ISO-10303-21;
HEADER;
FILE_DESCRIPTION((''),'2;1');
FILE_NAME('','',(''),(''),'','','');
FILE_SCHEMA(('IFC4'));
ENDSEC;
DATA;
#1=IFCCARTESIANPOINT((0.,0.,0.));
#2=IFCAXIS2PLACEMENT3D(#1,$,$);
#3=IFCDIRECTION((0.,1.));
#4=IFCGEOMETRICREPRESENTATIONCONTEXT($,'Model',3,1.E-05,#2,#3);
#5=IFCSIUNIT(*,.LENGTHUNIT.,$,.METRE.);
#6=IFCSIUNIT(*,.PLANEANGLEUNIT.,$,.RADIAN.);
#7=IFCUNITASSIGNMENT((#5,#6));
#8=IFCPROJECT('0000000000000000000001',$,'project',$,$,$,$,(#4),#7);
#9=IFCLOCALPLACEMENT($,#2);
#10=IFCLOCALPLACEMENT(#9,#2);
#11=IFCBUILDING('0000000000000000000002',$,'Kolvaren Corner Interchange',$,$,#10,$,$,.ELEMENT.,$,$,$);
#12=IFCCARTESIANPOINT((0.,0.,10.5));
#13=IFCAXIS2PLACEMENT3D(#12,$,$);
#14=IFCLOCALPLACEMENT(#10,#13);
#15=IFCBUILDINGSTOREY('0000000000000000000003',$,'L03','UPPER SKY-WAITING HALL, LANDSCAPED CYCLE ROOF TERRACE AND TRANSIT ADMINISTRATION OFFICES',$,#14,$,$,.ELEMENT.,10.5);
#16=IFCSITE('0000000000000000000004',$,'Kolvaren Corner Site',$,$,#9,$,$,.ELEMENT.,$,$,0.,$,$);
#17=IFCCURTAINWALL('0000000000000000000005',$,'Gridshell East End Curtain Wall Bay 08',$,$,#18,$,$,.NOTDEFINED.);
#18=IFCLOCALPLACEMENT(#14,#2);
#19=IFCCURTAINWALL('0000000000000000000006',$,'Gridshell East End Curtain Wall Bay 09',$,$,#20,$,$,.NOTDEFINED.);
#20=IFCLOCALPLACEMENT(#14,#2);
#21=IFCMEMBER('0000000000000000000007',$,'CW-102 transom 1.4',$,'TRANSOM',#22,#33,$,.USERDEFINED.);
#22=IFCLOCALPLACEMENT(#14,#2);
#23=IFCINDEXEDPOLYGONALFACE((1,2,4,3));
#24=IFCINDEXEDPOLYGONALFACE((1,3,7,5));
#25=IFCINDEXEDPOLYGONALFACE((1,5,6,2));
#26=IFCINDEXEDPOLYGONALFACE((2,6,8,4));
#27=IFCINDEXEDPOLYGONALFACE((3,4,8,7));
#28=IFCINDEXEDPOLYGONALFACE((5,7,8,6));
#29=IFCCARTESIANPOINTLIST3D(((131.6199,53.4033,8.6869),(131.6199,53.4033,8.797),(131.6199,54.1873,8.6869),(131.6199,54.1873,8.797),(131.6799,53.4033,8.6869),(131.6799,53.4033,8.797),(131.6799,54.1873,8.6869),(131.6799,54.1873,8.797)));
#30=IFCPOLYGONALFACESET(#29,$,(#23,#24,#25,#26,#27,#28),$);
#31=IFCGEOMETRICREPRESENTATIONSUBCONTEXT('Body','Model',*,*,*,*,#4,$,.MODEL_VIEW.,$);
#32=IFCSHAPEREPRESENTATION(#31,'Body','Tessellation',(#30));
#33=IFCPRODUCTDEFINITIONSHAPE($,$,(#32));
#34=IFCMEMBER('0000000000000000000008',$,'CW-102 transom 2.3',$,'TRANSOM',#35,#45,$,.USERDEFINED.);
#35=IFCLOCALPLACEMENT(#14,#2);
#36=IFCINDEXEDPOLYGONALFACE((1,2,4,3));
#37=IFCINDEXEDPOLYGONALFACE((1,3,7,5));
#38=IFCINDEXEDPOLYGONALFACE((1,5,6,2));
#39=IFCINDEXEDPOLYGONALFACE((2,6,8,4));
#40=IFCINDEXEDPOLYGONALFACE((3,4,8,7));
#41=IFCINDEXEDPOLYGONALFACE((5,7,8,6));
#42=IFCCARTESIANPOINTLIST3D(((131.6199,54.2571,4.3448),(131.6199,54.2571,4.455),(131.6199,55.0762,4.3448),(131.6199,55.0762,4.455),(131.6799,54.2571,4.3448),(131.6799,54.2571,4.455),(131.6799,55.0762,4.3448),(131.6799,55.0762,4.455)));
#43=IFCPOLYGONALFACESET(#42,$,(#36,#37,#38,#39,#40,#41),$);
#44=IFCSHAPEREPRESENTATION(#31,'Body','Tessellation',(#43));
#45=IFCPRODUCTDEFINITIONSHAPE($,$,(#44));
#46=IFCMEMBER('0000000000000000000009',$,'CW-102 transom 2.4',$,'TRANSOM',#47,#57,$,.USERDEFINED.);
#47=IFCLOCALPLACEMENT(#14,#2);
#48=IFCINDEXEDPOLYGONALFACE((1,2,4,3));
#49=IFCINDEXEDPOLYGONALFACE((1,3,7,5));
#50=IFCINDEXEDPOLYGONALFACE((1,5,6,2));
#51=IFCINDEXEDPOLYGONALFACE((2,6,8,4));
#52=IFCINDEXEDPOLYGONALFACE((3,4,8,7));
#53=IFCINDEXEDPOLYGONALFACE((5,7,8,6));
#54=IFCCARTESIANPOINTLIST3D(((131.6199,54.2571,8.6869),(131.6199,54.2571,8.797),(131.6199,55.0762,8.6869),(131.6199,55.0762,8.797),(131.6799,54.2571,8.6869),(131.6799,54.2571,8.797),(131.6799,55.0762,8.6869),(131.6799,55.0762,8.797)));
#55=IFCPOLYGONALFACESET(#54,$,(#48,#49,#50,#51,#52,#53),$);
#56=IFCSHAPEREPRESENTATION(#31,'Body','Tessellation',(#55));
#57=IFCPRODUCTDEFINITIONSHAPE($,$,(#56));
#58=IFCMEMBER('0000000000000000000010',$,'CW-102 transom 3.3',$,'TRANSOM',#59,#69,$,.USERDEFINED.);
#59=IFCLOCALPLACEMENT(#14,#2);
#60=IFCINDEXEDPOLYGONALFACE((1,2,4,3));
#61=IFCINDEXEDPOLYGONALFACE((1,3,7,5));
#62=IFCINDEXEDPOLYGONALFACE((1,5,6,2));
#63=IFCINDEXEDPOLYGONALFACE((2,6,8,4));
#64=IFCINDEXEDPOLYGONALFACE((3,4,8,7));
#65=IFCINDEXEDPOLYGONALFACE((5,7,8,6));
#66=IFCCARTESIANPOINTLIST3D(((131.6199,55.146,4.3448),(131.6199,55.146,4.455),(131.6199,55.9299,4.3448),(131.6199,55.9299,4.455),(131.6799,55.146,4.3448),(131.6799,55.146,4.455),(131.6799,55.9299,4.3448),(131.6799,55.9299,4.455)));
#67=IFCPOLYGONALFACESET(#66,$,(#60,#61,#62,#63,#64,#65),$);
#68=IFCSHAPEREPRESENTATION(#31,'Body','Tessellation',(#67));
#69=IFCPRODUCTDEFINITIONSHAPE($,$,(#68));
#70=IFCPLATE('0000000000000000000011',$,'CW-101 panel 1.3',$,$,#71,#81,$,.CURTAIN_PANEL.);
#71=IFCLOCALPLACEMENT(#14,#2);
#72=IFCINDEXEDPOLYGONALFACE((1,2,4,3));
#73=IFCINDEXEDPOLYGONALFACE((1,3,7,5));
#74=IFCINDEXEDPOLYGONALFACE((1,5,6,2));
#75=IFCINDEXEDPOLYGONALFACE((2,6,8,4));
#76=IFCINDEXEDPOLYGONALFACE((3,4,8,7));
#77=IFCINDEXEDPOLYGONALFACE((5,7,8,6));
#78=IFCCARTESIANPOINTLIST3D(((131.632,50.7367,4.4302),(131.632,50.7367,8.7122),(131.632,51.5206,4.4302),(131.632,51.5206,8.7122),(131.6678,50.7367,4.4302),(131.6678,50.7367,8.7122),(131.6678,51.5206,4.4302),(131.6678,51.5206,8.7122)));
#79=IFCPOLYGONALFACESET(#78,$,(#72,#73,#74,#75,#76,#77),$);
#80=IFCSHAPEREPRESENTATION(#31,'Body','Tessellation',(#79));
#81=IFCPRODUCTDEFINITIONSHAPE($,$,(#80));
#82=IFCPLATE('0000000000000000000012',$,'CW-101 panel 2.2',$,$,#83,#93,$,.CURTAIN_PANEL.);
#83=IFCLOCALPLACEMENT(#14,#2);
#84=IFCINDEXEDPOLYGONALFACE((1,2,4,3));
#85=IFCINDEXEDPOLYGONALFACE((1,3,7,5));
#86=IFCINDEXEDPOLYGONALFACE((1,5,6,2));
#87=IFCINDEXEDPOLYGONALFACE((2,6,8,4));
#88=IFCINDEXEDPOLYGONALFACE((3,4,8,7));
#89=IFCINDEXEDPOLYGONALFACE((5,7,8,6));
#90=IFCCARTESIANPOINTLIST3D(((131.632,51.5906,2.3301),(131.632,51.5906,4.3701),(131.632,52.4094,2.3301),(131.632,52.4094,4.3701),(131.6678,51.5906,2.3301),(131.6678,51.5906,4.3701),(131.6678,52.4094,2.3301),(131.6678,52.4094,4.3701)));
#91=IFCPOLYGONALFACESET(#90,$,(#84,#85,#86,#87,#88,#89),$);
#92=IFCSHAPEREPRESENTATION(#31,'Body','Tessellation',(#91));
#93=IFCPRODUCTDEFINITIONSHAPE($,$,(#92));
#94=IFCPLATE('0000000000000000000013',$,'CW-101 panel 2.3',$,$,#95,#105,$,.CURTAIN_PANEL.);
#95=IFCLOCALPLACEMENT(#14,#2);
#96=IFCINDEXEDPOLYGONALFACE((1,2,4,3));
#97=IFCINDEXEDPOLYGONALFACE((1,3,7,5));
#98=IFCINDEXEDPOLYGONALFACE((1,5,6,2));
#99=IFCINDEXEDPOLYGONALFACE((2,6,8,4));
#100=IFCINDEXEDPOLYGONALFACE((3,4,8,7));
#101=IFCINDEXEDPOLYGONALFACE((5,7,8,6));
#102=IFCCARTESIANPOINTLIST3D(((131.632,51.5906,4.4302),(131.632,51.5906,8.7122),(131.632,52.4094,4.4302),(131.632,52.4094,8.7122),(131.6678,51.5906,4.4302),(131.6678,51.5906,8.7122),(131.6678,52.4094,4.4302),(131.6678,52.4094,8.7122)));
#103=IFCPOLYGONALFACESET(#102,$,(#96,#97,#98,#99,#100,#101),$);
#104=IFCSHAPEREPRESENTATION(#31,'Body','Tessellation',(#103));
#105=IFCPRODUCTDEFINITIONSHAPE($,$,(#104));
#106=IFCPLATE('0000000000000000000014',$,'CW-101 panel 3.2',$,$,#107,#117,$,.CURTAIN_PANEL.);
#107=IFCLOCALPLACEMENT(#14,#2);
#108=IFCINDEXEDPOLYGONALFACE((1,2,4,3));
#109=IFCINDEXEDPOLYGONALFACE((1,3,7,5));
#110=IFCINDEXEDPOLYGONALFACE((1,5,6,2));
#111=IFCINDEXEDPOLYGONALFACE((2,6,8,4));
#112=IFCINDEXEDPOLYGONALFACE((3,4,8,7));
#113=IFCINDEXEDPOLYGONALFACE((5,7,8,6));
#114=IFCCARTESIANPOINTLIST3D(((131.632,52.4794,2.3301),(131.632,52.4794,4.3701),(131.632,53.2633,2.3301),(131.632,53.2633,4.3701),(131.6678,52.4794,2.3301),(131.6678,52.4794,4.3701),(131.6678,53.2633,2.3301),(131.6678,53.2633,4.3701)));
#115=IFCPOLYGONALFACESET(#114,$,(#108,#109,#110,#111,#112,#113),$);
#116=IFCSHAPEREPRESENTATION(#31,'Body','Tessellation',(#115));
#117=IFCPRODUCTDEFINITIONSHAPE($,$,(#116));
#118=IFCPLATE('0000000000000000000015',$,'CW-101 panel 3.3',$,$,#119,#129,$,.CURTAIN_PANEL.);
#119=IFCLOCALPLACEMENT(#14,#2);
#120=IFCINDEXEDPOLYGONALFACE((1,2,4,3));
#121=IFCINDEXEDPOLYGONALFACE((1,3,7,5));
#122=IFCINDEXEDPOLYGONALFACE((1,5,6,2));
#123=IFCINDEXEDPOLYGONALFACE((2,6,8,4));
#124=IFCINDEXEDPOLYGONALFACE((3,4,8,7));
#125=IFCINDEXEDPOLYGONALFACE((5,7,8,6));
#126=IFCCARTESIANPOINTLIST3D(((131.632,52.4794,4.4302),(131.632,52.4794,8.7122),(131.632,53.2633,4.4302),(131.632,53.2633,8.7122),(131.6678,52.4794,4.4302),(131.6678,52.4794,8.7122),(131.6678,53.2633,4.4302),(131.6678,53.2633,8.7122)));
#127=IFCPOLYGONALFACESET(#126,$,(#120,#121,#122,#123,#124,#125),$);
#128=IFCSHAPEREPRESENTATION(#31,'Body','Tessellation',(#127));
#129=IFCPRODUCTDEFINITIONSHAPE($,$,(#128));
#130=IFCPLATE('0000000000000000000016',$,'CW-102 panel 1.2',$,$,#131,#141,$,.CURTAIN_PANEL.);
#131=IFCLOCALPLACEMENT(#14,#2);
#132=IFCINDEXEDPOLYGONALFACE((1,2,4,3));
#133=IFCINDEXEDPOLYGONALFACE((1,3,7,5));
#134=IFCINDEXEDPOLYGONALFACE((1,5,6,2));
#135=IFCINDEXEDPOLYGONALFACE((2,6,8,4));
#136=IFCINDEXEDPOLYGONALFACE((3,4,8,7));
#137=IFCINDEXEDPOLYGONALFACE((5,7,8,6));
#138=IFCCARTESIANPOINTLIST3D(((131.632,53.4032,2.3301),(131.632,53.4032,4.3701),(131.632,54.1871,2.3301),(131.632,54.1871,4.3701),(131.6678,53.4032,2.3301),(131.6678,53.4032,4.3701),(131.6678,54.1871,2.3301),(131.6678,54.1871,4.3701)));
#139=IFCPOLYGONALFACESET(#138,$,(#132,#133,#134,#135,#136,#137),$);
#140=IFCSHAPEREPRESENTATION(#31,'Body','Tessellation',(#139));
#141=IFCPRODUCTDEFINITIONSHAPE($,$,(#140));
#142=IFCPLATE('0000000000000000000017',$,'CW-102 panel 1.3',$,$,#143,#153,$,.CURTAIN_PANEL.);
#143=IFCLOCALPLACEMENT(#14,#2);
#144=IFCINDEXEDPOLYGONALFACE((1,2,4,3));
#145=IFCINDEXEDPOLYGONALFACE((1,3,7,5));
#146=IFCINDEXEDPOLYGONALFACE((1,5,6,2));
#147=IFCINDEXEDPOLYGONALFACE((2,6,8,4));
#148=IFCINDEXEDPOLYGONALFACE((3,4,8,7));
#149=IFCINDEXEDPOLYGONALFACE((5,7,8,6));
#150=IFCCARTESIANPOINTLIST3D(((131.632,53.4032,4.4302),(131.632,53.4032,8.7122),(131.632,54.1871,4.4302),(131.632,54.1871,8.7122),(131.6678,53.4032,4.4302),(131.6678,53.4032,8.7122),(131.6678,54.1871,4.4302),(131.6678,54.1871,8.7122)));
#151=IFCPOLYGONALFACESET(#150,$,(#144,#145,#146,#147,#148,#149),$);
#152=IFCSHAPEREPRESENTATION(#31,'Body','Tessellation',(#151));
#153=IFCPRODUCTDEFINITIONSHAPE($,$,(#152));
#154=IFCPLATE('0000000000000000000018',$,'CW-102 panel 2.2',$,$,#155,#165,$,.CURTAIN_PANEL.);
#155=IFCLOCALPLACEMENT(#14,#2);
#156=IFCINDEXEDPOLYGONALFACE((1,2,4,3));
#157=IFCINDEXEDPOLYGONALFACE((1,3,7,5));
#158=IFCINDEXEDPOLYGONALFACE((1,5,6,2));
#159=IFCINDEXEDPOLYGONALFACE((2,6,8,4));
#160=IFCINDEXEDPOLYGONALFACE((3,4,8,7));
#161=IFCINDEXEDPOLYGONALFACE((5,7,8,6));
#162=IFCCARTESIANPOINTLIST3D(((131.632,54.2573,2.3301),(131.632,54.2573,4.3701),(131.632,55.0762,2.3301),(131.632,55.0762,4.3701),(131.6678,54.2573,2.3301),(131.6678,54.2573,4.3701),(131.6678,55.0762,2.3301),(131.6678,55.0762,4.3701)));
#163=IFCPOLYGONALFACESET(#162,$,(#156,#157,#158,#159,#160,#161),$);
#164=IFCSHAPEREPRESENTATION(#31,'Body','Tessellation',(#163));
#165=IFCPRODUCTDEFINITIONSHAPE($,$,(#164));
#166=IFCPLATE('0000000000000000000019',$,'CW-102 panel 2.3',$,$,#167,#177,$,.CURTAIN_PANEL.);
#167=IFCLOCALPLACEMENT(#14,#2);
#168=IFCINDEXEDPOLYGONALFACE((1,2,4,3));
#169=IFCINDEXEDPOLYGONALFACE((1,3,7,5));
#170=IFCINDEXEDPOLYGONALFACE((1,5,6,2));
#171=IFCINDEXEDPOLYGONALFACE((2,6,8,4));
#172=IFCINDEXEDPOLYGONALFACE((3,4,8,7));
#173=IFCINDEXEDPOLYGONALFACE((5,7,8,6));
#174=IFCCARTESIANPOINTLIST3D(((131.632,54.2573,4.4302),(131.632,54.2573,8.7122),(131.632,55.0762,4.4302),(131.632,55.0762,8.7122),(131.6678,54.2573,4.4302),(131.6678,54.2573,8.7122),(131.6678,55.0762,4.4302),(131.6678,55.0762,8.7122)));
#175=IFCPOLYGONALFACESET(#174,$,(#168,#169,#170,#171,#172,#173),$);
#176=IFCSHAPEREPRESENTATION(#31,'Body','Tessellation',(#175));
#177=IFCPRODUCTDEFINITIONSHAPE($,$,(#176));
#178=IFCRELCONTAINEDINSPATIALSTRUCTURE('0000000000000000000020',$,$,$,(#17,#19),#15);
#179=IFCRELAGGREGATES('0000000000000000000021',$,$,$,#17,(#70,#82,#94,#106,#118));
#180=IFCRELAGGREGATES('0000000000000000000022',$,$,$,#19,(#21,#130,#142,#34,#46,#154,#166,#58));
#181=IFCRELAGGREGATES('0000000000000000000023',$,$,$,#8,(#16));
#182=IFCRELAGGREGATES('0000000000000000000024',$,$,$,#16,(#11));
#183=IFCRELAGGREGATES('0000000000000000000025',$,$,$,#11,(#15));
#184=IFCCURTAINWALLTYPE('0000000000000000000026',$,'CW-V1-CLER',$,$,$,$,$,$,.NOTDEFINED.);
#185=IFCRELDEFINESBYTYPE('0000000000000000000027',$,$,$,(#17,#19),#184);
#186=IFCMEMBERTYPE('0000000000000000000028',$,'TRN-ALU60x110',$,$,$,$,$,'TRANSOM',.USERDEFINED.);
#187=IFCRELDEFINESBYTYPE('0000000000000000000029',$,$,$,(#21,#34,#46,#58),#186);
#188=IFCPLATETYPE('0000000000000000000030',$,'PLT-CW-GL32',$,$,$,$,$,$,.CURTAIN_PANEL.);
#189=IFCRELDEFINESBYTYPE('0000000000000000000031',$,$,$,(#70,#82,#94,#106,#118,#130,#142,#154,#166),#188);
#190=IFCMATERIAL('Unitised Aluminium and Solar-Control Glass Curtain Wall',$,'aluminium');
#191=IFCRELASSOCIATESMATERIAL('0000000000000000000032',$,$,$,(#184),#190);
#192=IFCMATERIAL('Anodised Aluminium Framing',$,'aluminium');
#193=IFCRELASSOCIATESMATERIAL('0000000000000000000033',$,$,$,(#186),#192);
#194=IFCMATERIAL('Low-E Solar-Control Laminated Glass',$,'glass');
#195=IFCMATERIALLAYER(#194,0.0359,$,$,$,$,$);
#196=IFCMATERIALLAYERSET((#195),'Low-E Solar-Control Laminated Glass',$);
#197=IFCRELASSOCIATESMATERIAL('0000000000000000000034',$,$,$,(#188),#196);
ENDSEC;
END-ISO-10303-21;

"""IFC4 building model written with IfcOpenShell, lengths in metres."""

from ifc_helpers import new_model, si_unit, direction, frame, origin, origin_2d, place, context, subcontext, project, spatial, rectangle, extrude, material, layer, layer_set, material_profile, profile_set, type_object, element, aggregate, save


model = new_model("IFC4")

# Units and contexts
model_context = context("Model", 3, precision=1e-05, world=origin(), true_north=direction((0.0, 1.0)))
body_context = subcontext(model_context, "Body", "Model", "MODEL_VIEW")
ifc_project = project(units=[si_unit("LENGTHUNIT", "METRE"), si_unit("PLANEANGLEUNIT", "RADIAN")], contexts=[model_context])

# Site, building, storey
site_placement = place(None, origin())
site = spatial("IfcSite", under=ifc_project, at=site_placement, Name="Kolvaren Corner Site", CompositionType="ELEMENT", RefElevation=0.0)
building_placement = place(site_placement, origin())
building = spatial("IfcBuilding", under=site, at=building_placement, Name="Kolvaren Corner Interchange", CompositionType="ELEMENT")
storey_placement = place(building_placement, frame((0.0, 0.0, 10.5)))
storey = spatial("IfcBuildingStorey", under=building, at=storey_placement, Name="L03", Description="UPPER SKY-WAITING HALL, LANDSCAPED CYCLE ROOF TERRACE AND TRANSIT ADMINISTRATION OFFICES", CompositionType="ELEMENT", Elevation=10.5)

# Curtain walls, members
ifc_material_1 = material(Name="Unitised Aluminium and Solar-Control Glass Curtain Wall", Category="aluminium")
curtain_wall_type = type_object("IfcCurtainWallType", Name="CW-V1-CLER", PredefinedType="NOTDEFINED", material=ifc_material_1)
curtain_wall_1_placement = place(storey_placement, origin())
curtain_wall_1 = element("IfcCurtainWall", 1, at=curtain_wall_1_placement, inside=storey, type_object=curtain_wall_type, Name="Gridshell East End Curtain Wall Bay 08", PredefinedType="NOTDEFINED")
ifc_material_2 = material(Name="Anodised Aluminium Framing", Category="aluminium")
ifc_material_profile_1 = material_profile(ifc_material_2, rectangle(XDim=0.0601, YDim=0.1101, at=origin_2d()), Name="ALU 60x110")
ifc_profile_set_1 = profile_set([ifc_material_profile_1], Name="Anodised Aluminium Framing")
member_type_1 = type_object("IfcMemberType", Name="TRN-ALU60x110", ElementType="TRANSOM", PredefinedType="USERDEFINED", material=ifc_profile_set_1)
curtain_wall_2_placement = place(storey_placement, origin())
curtain_wall_2 = element("IfcCurtainWall", 2, at=curtain_wall_2_placement, inside=storey, type_object=curtain_wall_type, Name="Gridshell East End Curtain Wall Bay 09", PredefinedType="NOTDEFINED")
member_1_placement = place(storey_placement, frame((131.6499, 53.4033, 8.7419), z_axis=(0.0, 1.0, 0.0), x_axis=(-1.0, 0.0, 0.0)))
member_1 = element("IfcMember", 3, at=member_1_placement, type_object=member_type_1, Name="CW-102 transom 1.4", ObjectType="TRANSOM", PredefinedType="USERDEFINED", context=body_context, shape_type="SweptSolid", body=[
    extrude(rectangle(XDim=0.0601, YDim=0.1101, at=origin_2d()), origin(), (0.0, 0.0, 1.0), 0.7839),
])
member_2_placement = place(storey_placement, frame((131.6499, 54.2571, 4.3999), z_axis=(0.0, 1.0, 0.0), x_axis=(-1.0, 0.0, 0.0)))
member_2 = element("IfcMember", 4, at=member_2_placement, type_object=member_type_1, Name="CW-102 transom 2.3", ObjectType="TRANSOM", PredefinedType="USERDEFINED", context=body_context, shape_type="SweptSolid", body=[
    extrude(rectangle(XDim=0.0601, YDim=0.1101, at=origin_2d()), origin(), (0.0, 0.0, 1.0), 0.8191),
])
member_3_placement = place(storey_placement, frame((131.6499, 54.2571, 8.7419), z_axis=(0.0, 1.0, 0.0), x_axis=(-1.0, 0.0, 0.0)))
member_3 = element("IfcMember", 5, at=member_3_placement, type_object=member_type_1, Name="CW-102 transom 2.4", ObjectType="TRANSOM", PredefinedType="USERDEFINED", context=body_context, shape_type="SweptSolid", body=[
    extrude(rectangle(XDim=0.0601, YDim=0.1101, at=origin_2d()), origin(), (0.0, 0.0, 1.0), 0.8191),
])
member_4_placement = place(storey_placement, frame((131.6499, 55.146, 4.3999), z_axis=(0.0, 1.0, 0.0), x_axis=(-1.0, 0.0, 0.0)))
member_4 = element("IfcMember", 6, at=member_4_placement, type_object=member_type_1, Name="CW-102 transom 3.3", ObjectType="TRANSOM", PredefinedType="USERDEFINED", context=body_context, shape_type="SweptSolid", body=[
    extrude(rectangle(XDim=0.0601, YDim=0.1101, at=origin_2d()), origin(), (0.0, 0.0, 1.0), 0.7839),
])

# Plates
ifc_material_3 = material(Name="Low-E Solar-Control Laminated Glass", Category="glass")
ifc_layer = layer(ifc_material_3, 0.0359)
ifc_layer_set = layer_set([ifc_layer], Name="Low-E Solar-Control Laminated Glass")
plate_type = type_object("IfcPlateType", Name="PLT-CW-GL32", PredefinedType="CURTAIN_PANEL", material=ifc_layer_set)
plate_1_placement = place(storey_placement, frame((131.6499, 51.1287, 4.4302), z_axis=(0.0, 0.0, 1.0), x_axis=(0.0, 1.0, 0.0)))
plate_1 = element("IfcPlate", 7, at=plate_1_placement, type_object=plate_type, Name="CW-101 panel 1.3", PredefinedType="CURTAIN_PANEL", context=body_context, shape_type="SweptSolid", body=[
    extrude(rectangle(XDim=0.7839, YDim=0.0359, at=origin_2d()), origin(), (0.0, 0.0, 1.0), 4.282),
])
plate_2_placement = place(storey_placement, frame((131.6499, 52.0, 2.3301), z_axis=(0.0, 0.0, 1.0), x_axis=(0.0, 1.0, 0.0)))
plate_2 = element("IfcPlate", 8, at=plate_2_placement, type_object=plate_type, Name="CW-101 panel 2.2", PredefinedType="CURTAIN_PANEL", context=body_context, shape_type="SweptSolid", body=[
    extrude(rectangle(XDim=0.8188, YDim=0.0359, at=origin_2d()), origin(), (0.0, 0.0, 1.0), 2.04),
])
plate_3_placement = place(storey_placement, frame((131.6499, 52.0, 4.4302), z_axis=(0.0, 0.0, 1.0), x_axis=(0.0, 1.0, 0.0)))
plate_3 = element("IfcPlate", 9, at=plate_3_placement, type_object=plate_type, Name="CW-101 panel 2.3", PredefinedType="CURTAIN_PANEL", context=body_context, shape_type="SweptSolid", body=[
    extrude(rectangle(XDim=0.8188, YDim=0.0359, at=origin_2d()), origin(), (0.0, 0.0, 1.0), 4.282),
])
plate_4_placement = place(storey_placement, frame((131.6499, 52.8713, 2.3301), z_axis=(0.0, 0.0, 1.0), x_axis=(0.0, 1.0, 0.0)))
plate_4 = element("IfcPlate", 10, at=plate_4_placement, type_object=plate_type, Name="CW-101 panel 3.2", PredefinedType="CURTAIN_PANEL", context=body_context, shape_type="SweptSolid", body=[
    extrude(rectangle(XDim=0.7839, YDim=0.0359, at=origin_2d()), origin(), (0.0, 0.0, 1.0), 2.04),
])
plate_5_placement = place(storey_placement, frame((131.6499, 52.8713, 4.4302), z_axis=(0.0, 0.0, 1.0), x_axis=(0.0, 1.0, 0.0)))
plate_5 = element("IfcPlate", 11, at=plate_5_placement, type_object=plate_type, Name="CW-101 panel 3.3", PredefinedType="CURTAIN_PANEL", context=body_context, shape_type="SweptSolid", body=[
    extrude(rectangle(XDim=0.7839, YDim=0.0359, at=origin_2d()), origin(), (0.0, 0.0, 1.0), 4.282),
])
aggregate(curtain_wall_1, [plate_1, plate_2, plate_3, plate_4, plate_5])
plate_6_placement = place(storey_placement, frame((131.6499, 53.7952, 2.3301), z_axis=(0.0, 0.0, 1.0), x_axis=(0.0, 1.0, 0.0)))
plate_6 = element("IfcPlate", 12, at=plate_6_placement, type_object=plate_type, Name="CW-102 panel 1.2", PredefinedType="CURTAIN_PANEL", context=body_context, shape_type="SweptSolid", body=[
    extrude(rectangle(XDim=0.7839, YDim=0.0359, at=origin_2d()), origin(), (0.0, 0.0, 1.0), 2.04),
])
plate_7_placement = place(storey_placement, frame((131.6499, 53.7952, 4.4302), z_axis=(0.0, 0.0, 1.0), x_axis=(0.0, 1.0, 0.0)))
plate_7 = element("IfcPlate", 13, at=plate_7_placement, type_object=plate_type, Name="CW-102 panel 1.3", PredefinedType="CURTAIN_PANEL", context=body_context, shape_type="SweptSolid", body=[
    extrude(rectangle(XDim=0.7839, YDim=0.0359, at=origin_2d()), origin(), (0.0, 0.0, 1.0), 4.282),
])
plate_8_placement = place(storey_placement, frame((131.6499, 54.6667, 2.3301), z_axis=(0.0, 0.0, 1.0), x_axis=(0.0, 1.0, 0.0)))
plate_8 = element("IfcPlate", 14, at=plate_8_placement, type_object=plate_type, Name="CW-102 panel 2.2", PredefinedType="CURTAIN_PANEL", context=body_context, shape_type="SweptSolid", body=[
    extrude(rectangle(XDim=0.8188, YDim=0.0359, at=origin_2d()), origin(), (0.0, 0.0, 1.0), 2.04),
])
plate_9_placement = place(storey_placement, frame((131.6499, 54.6667, 4.4302), z_axis=(0.0, 0.0, 1.0), x_axis=(0.0, 1.0, 0.0)))
plate_9 = element("IfcPlate", 15, at=plate_9_placement, type_object=plate_type, Name="CW-102 panel 2.3", PredefinedType="CURTAIN_PANEL", context=body_context, shape_type="SweptSolid", body=[
    extrude(rectangle(XDim=0.8188, YDim=0.0359, at=origin_2d()), origin(), (0.0, 0.0, 1.0), 4.282),
])
aggregate(curtain_wall_2, [member_1, plate_6, plate_7, member_2, member_3, plate_8, plate_9, member_4])

save(model, "model.ifc")
